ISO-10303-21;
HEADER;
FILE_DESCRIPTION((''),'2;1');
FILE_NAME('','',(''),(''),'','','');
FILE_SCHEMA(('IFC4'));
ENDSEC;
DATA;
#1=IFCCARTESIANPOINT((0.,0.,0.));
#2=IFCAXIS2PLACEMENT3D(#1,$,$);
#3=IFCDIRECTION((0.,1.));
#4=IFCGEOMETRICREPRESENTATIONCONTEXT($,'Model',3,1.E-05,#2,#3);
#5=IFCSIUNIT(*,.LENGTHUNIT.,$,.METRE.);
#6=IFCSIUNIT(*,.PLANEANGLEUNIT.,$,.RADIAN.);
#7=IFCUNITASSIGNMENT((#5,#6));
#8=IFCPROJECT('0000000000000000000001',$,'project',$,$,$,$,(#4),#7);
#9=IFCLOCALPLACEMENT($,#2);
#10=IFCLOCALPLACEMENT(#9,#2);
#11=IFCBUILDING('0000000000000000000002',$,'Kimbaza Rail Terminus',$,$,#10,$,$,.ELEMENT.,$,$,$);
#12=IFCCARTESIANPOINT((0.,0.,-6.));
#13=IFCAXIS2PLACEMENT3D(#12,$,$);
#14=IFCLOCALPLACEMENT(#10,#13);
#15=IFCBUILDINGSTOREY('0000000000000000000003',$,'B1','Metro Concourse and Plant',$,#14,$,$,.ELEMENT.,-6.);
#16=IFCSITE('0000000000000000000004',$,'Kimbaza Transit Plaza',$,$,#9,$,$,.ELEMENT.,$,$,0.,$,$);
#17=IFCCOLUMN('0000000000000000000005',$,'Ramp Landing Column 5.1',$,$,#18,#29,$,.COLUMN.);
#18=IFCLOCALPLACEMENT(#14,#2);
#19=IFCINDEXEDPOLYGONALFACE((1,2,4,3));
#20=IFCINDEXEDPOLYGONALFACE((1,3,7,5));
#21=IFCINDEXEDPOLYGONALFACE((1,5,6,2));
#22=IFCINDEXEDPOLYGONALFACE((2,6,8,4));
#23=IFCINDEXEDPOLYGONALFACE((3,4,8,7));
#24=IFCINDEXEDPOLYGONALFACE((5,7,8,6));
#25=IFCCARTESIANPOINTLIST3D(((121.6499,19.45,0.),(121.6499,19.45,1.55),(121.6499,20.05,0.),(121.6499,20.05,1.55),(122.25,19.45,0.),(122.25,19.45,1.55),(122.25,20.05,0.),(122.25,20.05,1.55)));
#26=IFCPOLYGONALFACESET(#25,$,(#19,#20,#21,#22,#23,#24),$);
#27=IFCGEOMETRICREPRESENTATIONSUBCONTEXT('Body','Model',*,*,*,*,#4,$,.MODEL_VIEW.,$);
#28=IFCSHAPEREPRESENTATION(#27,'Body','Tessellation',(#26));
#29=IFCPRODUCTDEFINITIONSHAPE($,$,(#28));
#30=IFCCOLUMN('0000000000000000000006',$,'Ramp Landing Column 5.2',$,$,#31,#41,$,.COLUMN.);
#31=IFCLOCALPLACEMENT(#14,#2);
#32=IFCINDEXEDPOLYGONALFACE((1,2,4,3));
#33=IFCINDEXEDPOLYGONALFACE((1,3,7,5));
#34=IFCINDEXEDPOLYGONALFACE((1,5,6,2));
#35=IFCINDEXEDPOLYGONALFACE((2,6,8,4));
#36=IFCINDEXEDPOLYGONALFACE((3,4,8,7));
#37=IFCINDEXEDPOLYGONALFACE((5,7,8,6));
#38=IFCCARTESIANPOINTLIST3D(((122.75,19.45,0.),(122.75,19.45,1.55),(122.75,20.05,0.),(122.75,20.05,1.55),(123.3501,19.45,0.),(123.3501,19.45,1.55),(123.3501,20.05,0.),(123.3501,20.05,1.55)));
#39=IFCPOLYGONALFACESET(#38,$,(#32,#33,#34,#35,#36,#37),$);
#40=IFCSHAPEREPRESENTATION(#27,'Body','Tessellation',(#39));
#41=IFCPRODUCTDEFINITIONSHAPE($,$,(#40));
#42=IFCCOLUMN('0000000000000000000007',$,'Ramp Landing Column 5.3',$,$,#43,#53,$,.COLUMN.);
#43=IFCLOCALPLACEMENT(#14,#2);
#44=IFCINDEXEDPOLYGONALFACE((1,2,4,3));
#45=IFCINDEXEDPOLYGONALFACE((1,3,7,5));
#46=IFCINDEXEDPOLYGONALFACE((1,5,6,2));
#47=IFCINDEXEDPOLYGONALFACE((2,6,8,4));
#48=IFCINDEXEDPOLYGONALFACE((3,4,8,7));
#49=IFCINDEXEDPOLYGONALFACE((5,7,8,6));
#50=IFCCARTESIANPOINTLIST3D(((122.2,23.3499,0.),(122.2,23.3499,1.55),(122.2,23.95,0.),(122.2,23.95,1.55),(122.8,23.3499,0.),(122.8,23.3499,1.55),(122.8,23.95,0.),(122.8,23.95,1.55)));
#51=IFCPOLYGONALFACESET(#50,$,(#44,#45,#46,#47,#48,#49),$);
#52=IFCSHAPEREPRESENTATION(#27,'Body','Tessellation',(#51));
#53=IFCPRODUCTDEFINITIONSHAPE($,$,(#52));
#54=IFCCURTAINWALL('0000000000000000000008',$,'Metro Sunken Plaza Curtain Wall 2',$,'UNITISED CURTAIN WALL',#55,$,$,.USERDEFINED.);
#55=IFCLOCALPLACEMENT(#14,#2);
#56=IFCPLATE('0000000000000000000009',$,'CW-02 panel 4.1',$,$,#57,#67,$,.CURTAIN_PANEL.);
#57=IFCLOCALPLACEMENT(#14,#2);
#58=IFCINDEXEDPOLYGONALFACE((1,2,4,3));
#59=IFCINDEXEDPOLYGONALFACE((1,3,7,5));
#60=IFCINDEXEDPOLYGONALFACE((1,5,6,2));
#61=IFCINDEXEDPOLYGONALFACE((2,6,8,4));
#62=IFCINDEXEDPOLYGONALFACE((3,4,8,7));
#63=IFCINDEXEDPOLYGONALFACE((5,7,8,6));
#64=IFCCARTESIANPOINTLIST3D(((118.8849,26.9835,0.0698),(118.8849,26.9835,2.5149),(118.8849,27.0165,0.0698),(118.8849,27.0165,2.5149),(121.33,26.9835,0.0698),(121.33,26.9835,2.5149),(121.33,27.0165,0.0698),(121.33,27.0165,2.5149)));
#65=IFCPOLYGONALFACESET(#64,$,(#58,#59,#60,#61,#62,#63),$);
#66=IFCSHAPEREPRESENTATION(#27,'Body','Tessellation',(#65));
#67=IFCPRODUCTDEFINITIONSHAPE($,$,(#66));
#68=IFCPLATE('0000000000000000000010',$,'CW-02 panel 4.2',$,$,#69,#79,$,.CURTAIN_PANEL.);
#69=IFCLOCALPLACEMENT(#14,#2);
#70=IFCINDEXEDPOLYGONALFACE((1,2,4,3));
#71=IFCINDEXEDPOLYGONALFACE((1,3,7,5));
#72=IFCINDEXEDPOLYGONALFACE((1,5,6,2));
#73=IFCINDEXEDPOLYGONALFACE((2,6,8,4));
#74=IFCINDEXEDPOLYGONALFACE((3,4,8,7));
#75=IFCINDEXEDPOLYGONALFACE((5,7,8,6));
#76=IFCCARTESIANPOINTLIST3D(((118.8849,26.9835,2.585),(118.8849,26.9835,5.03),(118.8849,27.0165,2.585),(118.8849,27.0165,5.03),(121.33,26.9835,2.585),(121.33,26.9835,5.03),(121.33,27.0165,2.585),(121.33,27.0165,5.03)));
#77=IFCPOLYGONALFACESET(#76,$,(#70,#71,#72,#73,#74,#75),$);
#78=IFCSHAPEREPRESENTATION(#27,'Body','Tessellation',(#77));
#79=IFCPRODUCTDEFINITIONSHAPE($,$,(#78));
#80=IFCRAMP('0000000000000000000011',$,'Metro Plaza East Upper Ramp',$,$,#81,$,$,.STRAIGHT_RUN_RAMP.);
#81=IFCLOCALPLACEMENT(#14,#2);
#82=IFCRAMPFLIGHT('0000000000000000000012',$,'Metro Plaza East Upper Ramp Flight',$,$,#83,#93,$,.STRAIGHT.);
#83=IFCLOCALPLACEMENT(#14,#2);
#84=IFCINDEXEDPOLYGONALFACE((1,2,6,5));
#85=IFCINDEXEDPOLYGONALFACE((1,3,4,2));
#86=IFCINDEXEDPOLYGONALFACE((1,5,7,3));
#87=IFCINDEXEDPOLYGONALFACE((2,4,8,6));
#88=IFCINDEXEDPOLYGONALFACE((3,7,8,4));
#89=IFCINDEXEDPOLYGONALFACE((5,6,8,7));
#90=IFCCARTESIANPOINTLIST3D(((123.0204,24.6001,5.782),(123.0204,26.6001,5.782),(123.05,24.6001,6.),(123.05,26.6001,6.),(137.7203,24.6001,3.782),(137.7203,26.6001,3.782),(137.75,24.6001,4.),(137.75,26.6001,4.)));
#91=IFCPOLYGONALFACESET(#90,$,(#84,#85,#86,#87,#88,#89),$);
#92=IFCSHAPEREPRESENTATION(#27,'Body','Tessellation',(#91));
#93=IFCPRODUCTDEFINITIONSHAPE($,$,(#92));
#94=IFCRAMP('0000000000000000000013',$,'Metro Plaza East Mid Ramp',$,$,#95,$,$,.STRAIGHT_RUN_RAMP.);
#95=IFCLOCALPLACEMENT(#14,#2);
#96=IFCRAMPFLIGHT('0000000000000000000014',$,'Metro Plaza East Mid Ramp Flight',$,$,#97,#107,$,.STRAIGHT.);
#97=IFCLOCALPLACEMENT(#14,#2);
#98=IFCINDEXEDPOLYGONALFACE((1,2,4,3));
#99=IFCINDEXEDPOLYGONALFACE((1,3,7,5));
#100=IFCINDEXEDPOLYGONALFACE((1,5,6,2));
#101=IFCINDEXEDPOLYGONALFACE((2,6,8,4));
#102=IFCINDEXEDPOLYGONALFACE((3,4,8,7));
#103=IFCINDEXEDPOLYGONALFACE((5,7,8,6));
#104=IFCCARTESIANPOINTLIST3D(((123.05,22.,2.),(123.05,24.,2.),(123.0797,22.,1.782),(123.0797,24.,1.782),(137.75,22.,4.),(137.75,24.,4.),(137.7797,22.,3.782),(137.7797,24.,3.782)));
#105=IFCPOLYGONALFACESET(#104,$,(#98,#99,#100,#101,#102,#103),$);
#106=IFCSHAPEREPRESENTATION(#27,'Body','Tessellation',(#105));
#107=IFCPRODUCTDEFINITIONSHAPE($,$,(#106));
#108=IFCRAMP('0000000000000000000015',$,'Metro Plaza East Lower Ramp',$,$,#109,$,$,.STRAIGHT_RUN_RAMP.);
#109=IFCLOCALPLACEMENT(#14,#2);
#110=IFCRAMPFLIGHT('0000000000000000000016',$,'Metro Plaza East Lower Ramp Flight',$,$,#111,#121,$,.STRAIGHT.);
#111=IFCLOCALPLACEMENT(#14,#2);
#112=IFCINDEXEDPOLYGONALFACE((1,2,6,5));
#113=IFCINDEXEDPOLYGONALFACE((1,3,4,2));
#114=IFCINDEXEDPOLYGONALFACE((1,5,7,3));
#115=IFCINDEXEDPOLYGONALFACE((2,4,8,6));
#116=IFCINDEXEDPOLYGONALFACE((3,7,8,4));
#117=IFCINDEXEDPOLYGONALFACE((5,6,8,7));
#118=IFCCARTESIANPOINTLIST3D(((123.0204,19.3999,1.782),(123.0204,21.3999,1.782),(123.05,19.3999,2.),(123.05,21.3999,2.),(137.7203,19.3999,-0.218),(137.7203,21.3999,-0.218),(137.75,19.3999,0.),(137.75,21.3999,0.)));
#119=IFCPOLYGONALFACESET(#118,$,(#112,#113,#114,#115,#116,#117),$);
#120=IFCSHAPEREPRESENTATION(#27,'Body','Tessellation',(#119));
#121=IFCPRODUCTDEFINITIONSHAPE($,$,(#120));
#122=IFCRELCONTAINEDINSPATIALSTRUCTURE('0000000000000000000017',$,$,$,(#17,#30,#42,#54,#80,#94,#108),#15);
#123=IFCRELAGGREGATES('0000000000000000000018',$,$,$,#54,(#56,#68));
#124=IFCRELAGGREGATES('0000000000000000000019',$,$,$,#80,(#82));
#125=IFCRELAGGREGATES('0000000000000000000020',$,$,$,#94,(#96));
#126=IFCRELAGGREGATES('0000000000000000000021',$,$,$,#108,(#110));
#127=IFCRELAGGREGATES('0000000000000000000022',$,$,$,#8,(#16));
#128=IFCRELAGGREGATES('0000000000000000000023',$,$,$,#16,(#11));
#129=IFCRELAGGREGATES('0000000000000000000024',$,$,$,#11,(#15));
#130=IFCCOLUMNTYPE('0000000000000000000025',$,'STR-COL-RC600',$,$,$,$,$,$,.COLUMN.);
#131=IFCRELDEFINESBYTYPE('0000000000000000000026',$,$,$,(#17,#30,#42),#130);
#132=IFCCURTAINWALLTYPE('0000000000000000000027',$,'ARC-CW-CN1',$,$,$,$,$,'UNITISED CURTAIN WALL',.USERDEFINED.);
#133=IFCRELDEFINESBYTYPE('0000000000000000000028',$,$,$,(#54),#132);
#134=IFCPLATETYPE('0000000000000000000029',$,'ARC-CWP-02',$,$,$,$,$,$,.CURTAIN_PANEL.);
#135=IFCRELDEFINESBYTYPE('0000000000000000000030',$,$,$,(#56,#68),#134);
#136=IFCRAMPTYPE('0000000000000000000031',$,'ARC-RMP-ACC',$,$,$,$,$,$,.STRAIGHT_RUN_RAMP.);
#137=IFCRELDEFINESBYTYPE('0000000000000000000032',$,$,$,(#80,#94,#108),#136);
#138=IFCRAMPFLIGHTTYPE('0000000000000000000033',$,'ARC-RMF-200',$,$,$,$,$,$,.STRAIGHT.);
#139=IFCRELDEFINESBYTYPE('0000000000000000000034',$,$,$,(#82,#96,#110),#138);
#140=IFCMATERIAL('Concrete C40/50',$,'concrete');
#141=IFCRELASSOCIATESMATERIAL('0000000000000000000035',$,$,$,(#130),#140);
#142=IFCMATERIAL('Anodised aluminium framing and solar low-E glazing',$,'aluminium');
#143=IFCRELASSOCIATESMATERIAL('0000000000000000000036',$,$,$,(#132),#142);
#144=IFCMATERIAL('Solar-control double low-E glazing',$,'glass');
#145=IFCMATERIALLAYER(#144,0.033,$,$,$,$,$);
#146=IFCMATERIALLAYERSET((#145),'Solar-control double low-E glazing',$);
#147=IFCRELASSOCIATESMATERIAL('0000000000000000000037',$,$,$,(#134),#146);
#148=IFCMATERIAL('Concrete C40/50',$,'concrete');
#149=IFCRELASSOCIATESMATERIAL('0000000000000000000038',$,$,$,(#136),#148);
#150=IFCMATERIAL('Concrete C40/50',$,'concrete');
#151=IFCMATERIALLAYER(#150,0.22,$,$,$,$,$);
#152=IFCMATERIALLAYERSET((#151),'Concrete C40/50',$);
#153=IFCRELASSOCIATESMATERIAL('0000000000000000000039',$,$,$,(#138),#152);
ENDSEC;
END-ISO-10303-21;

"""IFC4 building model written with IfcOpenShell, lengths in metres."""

from ifc_helpers import new_model, si_unit, direction, frame, origin, origin_2d, place, context, subcontext, project, spatial, polyline, rectangle, outline, extrude, material, layer, layer_set, material_profile, profile_set, type_object, element, aggregate, save


model = new_model("IFC4")

# Units and contexts
model_context = context("Model", 3, precision=1e-05, world=origin(), true_north=direction((0.0, 1.0)))
body_context = subcontext(model_context, "Body", "Model", "MODEL_VIEW")
ifc_project = project(units=[si_unit("LENGTHUNIT", "METRE"), si_unit("PLANEANGLEUNIT", "RADIAN")], contexts=[model_context])

# Site, building, storey
site_placement = place(None, origin())
site = spatial("IfcSite", under=ifc_project, at=site_placement, Name="Kimbaza Transit Plaza", CompositionType="ELEMENT", RefElevation=0.0)
building_placement = place(site_placement, origin())
building = spatial("IfcBuilding", under=site, at=building_placement, Name="Kimbaza Rail Terminus", CompositionType="ELEMENT")
storey_placement = place(building_placement, frame((0.0, 0.0, -6.0)))
storey = spatial("IfcBuildingStorey", under=building, at=storey_placement, Name="B1", Description="Metro Concourse and Plant", CompositionType="ELEMENT", Elevation=-6.0)

# Columns
ifc_material_1 = material(Name="Concrete C40/50", Category="concrete")
ifc_material_profile = material_profile(ifc_material_1, rectangle(XDim=0.6001, YDim=0.6001, at=origin_2d()), Name="RC 600x600")
ifc_profile_set = profile_set([ifc_material_profile], Name="Concrete C40/50")
column_type = type_object("IfcColumnType", Name="STR-COL-RC600", PredefinedType="COLUMN", material=ifc_profile_set)
for number, where, z_axis, x_axis, name in (
    (1, (121.95, 19.75, 0.0), (0.0, 0.0, 1.0), (1.0, 0.0, 0.0), "Ramp Landing Column 5.1"),
    (2, (123.05, 19.75, 0.0), (0.0, 0.0, 1.0), (1.0, 0.0, 0.0), "Ramp Landing Column 5.2"),
    (3, (122.5, 23.6499, 0.0), (0.0, 0.0, 1.0), (1.0, 0.0, 0.0), "Ramp Landing Column 5.3"),
):
    element("IfcColumn", number, at=place(storey_placement, frame(where, z_axis=z_axis, x_axis=x_axis)), inside=storey, type_object=column_type, Name=name, PredefinedType="COLUMN", context=body_context, shape_type="SweptSolid", body=[
        extrude(rectangle(XDim=0.6001, YDim=0.6001, at=origin_2d()), origin(), (0.0, 0.0, 1.0), 1.55),
    ])

# Curtain wall, plates
ifc_material_2 = material(Name="Anodised aluminium framing and solar low-E glazing", Category="aluminium")
curtain_wall_type = type_object("IfcCurtainWallType", Name="ARC-CW-CN1", ElementType="UNITISED CURTAIN WALL", PredefinedType="USERDEFINED", material=ifc_material_2)
curtain_wall_placement = place(storey_placement, origin())
curtain_wall = element("IfcCurtainWall", 4, at=curtain_wall_placement, inside=storey, type_object=curtain_wall_type, Name="Metro Sunken Plaza Curtain Wall 2", ObjectType="UNITISED CURTAIN WALL", PredefinedType="USERDEFINED")
ifc_material_3 = material(Name="Solar-control double low-E glazing", Category="glass")
ifc_layer_1 = layer(ifc_material_3, 0.033)
ifc_layer_set_1 = layer_set([ifc_layer_1], Name="Solar-control double low-E glazing")
plate_type = type_object("IfcPlateType", Name="ARC-CWP-02", PredefinedType="CURTAIN_PANEL", material=ifc_layer_set_1)
plate_1_placement = place(storey_placement, frame((120.1074, 27.0, 0.0698), z_axis=(0.0, 0.0, 1.0), x_axis=(1.0, 0.0, 0.0)))
plate_1 = element("IfcPlate", 5, at=plate_1_placement, type_object=plate_type, Name="CW-02 panel 4.1", PredefinedType="CURTAIN_PANEL", context=body_context, shape_type="SweptSolid", body=[
    extrude(rectangle(XDim=2.4451, YDim=0.033, at=origin_2d()), origin(), (0.0, 0.0, 1.0), 2.4451),
])
plate_2_placement = place(storey_placement, frame((120.1074, 27.0, 2.585), z_axis=(0.0, 0.0, 1.0), x_axis=(1.0, 0.0, 0.0)))
plate_2 = element("IfcPlate", 6, at=plate_2_placement, type_object=plate_type, Name="CW-02 panel 4.2", PredefinedType="CURTAIN_PANEL", context=body_context, shape_type="SweptSolid", body=[
    extrude(rectangle(XDim=2.4451, YDim=0.033, at=origin_2d()), origin(), (0.0, 0.0, 1.0), 2.4451),
])
aggregate(curtain_wall, [plate_1, plate_2])

# Ramps, ramp flights
ifc_material_4 = material(Name="Concrete C40/50", Category="concrete")
ramp_type = type_object("IfcRampType", Name="ARC-RMP-ACC", PredefinedType="STRAIGHT_RUN_RAMP", material=ifc_material_4)
ramp_1_placement = place(storey_placement, origin())
ramp_1 = element("IfcRamp", 7, at=ramp_1_placement, inside=storey, type_object=ramp_type, Name="Metro Plaza East Upper Ramp", PredefinedType="STRAIGHT_RUN_RAMP")
ifc_material_5 = material(Name="Concrete C40/50", Category="concrete")
ifc_layer_2 = layer(ifc_material_5, 0.22)
ifc_layer_set_2 = layer_set([ifc_layer_2], Name="Concrete C40/50")
ramp_flight_type = type_object("IfcRampFlightType", Name="ARC-RMF-200", PredefinedType="STRAIGHT", material=ifc_layer_set_2)
ramp_flight_1_placement = place(storey_placement, frame((123.05, 24.6001, 6.0), z_axis=(0.134813, 0.0, 0.990871), x_axis=(0.990871, 0.0, -0.134813)))
ramp_flight_1 = element("IfcRampFlight", 8, at=ramp_flight_1_placement, type_object=ramp_flight_type, Name="Metro Plaza East Upper Ramp Flight", PredefinedType="STRAIGHT", context=body_context, shape_type="SweptSolid", body=[
    extrude(outline(polyline([(0.0, 0.0), (14.8354, 0.0), (14.8354, 2.0), (0.0, 2.0), (0.0, 0.0)])), origin(), (0.0, 0.0, -1.0), 0.22),
])
aggregate(ramp_1, [ramp_flight_1])
ramp_2_placement = place(storey_placement, origin())
ramp_2 = element("IfcRamp", 9, at=ramp_2_placement, inside=storey, type_object=ramp_type, Name="Metro Plaza East Mid Ramp", PredefinedType="STRAIGHT_RUN_RAMP")
ramp_flight_2_placement = place(storey_placement, frame((123.05, 22.0, 2.0), z_axis=(-0.134813, 0.0, 0.990871), x_axis=(0.990871, 0.0, 0.134813)))
ramp_flight_2 = element("IfcRampFlight", 10, at=ramp_flight_2_placement, type_object=ramp_flight_type, Name="Metro Plaza East Mid Ramp Flight", PredefinedType="STRAIGHT", context=body_context, shape_type="SweptSolid", body=[
    extrude(outline(polyline([(0.0, 0.0), (14.8354, 0.0), (14.8354, 2.0), (0.0, 2.0), (0.0, 0.0)])), origin(), (0.0, 0.0, -1.0), 0.22),
])
aggregate(ramp_2, [ramp_flight_2])
ramp_3_placement = place(storey_placement, origin())
ramp_3 = element("IfcRamp", 11, at=ramp_3_placement, inside=storey, type_object=ramp_type, Name="Metro Plaza East Lower Ramp", PredefinedType="STRAIGHT_RUN_RAMP")
ramp_flight_3_placement = place(storey_placement, frame((123.05, 19.3999, 2.0), z_axis=(0.134813, 0.0, 0.990871), x_axis=(0.990871, 0.0, -0.134813)))
ramp_flight_3 = element("IfcRampFlight", 12, at=ramp_flight_3_placement, type_object=ramp_flight_type, Name="Metro Plaza East Lower Ramp Flight", PredefinedType="STRAIGHT", context=body_context, shape_type="SweptSolid", body=[
    extrude(outline(polyline([(0.0, 0.0), (14.8354, 0.0), (14.8354, 2.0), (0.0, 2.0), (0.0, 0.0)])), origin(), (0.0, 0.0, -1.0), 0.22),
])
aggregate(ramp_3, [ramp_flight_3])

save(model, "model.ifc")
